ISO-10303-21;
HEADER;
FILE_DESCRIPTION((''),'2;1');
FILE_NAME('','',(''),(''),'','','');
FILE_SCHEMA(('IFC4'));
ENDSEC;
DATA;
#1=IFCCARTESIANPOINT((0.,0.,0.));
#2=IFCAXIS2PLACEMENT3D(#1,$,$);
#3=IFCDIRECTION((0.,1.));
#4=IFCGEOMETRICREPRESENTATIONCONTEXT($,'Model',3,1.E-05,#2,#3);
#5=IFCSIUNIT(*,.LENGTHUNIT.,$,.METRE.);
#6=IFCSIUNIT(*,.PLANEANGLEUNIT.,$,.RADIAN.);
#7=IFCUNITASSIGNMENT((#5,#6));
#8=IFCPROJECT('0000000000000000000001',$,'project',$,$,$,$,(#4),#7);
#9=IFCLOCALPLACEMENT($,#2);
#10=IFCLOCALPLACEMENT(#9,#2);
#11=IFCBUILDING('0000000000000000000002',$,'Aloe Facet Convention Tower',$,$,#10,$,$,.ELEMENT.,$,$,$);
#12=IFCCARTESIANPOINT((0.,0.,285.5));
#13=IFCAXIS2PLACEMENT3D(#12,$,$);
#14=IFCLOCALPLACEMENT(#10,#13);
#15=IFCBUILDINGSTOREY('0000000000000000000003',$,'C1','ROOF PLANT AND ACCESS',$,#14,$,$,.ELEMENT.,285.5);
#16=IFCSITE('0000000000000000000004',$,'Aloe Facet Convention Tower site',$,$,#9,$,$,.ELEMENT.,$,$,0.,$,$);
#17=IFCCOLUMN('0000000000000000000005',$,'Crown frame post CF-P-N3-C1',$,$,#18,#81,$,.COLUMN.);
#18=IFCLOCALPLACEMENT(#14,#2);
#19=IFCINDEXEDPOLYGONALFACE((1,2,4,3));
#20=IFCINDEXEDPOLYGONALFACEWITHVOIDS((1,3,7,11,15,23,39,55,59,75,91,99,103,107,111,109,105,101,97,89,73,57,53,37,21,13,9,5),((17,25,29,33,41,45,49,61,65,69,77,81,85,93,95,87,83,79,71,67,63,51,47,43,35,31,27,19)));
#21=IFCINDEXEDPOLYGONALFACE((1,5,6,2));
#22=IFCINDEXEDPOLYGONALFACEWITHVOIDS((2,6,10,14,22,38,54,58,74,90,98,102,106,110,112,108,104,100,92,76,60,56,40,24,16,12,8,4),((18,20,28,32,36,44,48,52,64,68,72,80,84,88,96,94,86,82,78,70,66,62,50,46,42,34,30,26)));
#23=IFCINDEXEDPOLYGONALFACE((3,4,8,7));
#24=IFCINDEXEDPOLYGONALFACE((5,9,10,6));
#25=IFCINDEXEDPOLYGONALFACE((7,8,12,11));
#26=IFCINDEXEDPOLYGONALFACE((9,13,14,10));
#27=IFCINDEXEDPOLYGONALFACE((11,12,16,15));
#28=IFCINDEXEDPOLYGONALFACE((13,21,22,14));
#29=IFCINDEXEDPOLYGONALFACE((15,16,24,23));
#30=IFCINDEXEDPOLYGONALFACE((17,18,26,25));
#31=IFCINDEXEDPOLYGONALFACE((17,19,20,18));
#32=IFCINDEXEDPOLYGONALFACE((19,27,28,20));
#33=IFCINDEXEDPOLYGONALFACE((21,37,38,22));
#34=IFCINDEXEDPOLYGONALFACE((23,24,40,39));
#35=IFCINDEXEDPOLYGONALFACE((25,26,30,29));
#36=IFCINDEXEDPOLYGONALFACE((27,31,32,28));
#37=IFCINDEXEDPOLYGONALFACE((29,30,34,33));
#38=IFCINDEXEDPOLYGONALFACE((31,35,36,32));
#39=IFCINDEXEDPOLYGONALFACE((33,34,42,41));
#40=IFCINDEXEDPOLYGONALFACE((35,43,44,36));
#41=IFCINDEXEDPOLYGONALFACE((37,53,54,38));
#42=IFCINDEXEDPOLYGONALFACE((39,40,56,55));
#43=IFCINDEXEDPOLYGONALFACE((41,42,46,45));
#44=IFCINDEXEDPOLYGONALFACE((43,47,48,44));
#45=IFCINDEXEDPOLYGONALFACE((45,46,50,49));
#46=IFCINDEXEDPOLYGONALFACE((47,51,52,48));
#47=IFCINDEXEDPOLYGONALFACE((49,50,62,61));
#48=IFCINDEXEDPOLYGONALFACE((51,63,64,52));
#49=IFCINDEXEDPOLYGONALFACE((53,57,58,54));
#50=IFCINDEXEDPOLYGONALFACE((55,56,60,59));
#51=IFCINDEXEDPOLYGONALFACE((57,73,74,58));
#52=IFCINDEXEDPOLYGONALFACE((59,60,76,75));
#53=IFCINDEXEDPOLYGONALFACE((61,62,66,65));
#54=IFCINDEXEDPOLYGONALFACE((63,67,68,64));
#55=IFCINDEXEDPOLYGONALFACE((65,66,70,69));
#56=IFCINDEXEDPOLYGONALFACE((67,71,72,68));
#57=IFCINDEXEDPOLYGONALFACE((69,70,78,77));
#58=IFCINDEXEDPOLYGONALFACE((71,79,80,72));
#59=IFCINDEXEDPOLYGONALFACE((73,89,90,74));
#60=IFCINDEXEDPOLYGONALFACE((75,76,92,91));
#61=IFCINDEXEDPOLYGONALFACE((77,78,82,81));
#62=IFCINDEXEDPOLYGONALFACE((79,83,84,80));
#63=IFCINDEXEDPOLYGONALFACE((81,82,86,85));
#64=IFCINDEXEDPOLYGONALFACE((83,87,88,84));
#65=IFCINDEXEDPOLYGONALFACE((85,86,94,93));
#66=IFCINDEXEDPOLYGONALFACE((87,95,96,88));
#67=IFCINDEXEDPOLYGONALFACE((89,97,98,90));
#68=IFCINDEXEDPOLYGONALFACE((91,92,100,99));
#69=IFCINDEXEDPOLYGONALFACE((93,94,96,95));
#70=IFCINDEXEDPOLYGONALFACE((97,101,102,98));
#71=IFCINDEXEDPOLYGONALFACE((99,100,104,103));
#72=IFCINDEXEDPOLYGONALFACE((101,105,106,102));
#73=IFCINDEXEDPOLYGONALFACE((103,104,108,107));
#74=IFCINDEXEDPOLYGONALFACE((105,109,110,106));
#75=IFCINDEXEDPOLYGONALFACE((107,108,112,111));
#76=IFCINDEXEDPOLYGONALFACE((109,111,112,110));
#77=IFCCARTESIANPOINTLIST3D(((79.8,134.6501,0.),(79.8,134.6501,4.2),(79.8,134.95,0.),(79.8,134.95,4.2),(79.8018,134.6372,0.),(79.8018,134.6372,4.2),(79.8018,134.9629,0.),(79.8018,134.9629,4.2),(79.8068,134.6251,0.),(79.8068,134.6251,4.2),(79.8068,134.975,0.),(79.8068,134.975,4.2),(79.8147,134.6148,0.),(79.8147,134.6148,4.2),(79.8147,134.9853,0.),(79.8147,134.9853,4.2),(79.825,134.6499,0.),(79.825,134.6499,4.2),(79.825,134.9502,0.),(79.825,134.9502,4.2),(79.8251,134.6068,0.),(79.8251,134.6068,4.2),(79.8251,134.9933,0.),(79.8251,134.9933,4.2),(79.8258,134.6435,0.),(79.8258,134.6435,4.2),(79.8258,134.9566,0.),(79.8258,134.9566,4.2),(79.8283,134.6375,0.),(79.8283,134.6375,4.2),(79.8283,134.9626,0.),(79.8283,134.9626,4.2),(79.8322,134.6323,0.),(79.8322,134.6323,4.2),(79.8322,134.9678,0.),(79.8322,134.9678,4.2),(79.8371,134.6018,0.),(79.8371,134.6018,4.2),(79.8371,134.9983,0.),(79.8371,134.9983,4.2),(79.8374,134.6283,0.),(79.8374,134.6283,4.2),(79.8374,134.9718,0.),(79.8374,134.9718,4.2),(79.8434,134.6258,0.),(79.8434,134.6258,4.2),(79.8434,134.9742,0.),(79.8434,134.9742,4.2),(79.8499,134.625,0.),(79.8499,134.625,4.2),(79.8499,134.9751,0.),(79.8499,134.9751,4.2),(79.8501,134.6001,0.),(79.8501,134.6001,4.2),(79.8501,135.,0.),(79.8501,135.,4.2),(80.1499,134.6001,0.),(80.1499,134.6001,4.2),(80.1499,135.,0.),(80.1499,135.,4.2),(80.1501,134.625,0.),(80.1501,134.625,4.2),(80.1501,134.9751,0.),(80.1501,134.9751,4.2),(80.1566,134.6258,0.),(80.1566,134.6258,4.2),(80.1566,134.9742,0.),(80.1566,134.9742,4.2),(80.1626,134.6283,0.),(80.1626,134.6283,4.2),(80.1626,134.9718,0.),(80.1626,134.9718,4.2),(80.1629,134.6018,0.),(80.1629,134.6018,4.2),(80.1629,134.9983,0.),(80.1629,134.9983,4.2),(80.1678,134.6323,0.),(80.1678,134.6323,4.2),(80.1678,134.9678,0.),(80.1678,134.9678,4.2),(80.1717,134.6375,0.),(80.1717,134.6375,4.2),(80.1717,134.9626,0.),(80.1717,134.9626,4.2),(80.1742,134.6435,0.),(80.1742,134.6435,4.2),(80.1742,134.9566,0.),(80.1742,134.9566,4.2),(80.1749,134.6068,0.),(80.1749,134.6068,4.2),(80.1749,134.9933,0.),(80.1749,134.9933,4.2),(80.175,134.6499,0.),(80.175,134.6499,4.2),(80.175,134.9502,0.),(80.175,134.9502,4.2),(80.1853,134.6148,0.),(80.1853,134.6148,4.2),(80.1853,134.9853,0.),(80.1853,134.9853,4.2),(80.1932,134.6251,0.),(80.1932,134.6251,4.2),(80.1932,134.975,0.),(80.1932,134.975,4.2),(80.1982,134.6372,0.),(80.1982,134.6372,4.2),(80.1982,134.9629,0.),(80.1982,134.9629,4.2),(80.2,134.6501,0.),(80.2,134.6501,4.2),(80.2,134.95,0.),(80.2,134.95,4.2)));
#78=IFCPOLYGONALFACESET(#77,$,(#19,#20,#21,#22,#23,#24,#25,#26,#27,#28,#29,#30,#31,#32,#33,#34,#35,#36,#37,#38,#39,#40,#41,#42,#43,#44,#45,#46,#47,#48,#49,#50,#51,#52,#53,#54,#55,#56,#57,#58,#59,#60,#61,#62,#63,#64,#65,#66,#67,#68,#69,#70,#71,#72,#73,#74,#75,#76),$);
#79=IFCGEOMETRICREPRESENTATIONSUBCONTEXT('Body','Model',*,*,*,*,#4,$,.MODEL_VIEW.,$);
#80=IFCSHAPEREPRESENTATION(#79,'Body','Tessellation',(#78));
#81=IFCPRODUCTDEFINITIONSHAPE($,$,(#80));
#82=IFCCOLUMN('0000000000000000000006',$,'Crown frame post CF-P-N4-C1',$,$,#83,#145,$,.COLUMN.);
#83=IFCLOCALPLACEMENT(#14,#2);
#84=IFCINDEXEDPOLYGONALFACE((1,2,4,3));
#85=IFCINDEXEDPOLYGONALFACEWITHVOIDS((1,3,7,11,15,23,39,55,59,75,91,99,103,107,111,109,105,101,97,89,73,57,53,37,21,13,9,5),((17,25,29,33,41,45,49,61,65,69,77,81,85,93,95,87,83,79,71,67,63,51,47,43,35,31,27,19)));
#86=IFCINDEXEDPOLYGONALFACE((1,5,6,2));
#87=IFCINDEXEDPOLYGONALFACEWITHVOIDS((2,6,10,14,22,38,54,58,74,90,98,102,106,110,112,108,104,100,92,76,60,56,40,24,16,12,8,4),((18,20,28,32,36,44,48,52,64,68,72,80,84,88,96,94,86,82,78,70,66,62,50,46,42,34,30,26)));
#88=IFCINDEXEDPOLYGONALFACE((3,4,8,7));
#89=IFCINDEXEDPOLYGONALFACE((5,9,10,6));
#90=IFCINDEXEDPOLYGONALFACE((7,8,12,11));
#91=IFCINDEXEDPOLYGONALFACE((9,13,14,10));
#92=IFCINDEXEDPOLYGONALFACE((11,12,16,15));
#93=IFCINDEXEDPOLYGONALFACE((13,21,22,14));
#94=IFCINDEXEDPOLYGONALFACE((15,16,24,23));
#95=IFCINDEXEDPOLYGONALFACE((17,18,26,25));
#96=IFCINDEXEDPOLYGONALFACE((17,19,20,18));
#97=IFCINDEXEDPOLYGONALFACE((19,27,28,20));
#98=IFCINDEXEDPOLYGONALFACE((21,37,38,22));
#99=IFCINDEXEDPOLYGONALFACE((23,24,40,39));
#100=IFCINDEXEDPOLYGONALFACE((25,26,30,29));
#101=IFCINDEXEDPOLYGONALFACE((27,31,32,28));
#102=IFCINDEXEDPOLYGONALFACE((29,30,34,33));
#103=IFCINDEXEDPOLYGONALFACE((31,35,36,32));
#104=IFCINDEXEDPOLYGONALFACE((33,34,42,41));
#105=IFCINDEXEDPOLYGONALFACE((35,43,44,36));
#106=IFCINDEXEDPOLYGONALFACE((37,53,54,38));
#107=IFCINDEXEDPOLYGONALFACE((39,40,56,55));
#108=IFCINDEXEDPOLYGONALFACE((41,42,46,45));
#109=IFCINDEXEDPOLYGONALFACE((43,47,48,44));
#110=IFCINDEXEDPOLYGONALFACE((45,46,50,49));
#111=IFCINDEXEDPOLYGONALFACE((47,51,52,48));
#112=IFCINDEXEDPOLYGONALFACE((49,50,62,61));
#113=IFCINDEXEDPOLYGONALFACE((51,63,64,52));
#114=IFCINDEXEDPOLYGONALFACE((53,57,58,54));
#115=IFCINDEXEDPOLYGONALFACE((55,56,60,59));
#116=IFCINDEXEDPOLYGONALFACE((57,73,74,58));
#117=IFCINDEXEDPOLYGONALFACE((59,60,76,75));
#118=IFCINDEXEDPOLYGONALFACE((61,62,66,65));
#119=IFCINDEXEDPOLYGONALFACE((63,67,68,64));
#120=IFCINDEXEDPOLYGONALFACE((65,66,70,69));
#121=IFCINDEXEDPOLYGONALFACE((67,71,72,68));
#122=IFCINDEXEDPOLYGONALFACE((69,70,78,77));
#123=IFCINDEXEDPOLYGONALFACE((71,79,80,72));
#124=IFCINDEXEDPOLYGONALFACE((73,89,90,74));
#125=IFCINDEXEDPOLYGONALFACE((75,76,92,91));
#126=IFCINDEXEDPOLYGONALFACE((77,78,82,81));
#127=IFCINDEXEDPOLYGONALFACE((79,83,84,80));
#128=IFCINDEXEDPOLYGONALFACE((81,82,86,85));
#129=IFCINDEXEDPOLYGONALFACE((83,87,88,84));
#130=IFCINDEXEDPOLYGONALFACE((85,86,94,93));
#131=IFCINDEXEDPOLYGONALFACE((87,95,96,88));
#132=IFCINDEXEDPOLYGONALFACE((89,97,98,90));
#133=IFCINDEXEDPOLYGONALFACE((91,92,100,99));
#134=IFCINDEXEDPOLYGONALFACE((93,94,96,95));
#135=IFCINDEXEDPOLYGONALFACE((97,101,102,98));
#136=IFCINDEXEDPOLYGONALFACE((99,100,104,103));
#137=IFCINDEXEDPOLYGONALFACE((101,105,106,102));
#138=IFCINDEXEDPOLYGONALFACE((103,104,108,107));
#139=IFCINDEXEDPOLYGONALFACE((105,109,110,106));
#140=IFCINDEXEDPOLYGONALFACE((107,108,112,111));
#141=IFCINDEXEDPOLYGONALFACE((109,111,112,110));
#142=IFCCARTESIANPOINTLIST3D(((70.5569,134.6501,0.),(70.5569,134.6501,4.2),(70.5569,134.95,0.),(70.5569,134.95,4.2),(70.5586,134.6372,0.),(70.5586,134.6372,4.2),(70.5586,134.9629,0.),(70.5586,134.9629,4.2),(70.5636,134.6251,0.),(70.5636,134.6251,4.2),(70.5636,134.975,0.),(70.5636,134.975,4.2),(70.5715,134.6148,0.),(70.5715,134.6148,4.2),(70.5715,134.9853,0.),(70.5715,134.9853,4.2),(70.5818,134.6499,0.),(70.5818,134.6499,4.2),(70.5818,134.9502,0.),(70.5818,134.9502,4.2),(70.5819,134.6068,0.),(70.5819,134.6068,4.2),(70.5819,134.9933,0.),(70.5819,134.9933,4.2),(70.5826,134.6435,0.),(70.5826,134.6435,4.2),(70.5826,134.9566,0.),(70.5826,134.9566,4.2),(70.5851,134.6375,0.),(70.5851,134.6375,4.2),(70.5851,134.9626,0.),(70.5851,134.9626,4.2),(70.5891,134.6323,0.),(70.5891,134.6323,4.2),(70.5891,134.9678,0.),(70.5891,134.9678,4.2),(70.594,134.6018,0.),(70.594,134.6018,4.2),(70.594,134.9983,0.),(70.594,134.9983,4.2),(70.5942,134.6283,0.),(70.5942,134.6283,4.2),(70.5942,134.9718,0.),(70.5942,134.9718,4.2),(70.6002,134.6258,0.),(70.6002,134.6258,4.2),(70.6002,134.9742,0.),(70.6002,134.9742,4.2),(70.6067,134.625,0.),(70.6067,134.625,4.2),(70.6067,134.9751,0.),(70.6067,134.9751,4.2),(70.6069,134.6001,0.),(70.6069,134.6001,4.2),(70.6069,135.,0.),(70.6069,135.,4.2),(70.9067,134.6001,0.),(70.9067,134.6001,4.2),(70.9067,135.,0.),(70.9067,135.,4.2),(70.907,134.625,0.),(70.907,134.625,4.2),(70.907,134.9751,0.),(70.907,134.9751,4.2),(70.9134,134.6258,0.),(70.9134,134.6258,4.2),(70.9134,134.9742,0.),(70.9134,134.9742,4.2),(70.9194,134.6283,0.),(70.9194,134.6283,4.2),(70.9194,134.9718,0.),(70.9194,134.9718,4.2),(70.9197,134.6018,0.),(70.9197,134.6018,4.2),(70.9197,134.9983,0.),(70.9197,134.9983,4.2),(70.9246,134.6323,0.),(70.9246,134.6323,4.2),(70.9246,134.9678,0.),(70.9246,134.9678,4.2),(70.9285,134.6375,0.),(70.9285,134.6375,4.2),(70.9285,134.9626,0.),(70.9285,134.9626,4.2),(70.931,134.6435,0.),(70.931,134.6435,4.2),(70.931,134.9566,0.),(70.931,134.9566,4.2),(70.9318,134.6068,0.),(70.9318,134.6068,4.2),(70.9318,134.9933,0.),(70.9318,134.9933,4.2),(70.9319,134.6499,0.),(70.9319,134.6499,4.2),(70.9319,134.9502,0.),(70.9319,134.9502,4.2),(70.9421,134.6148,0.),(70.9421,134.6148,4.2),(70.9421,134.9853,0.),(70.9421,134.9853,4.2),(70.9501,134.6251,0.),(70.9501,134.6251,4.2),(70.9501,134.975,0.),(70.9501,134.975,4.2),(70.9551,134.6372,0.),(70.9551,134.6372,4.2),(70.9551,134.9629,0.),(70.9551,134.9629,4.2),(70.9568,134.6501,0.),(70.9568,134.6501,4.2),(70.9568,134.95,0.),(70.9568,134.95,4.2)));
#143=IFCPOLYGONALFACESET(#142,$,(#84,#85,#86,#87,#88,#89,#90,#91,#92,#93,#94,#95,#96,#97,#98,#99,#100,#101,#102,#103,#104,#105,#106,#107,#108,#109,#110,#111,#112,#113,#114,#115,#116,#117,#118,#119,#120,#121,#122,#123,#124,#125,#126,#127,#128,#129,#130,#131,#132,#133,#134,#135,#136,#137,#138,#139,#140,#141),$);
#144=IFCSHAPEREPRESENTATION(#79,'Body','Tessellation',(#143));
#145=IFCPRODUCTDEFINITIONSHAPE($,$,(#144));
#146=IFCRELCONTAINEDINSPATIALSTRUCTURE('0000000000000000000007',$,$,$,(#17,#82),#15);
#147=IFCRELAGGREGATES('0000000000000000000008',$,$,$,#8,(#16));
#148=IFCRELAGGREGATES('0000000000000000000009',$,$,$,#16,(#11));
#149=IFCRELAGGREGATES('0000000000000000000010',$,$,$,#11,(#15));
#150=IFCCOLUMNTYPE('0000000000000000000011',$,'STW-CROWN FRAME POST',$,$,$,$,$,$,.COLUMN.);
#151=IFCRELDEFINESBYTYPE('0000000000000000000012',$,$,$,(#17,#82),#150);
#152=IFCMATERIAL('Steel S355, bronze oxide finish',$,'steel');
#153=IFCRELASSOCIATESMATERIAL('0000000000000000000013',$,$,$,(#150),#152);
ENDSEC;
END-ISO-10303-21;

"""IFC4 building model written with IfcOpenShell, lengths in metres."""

from ifc_helpers import new_model, si_unit, direction, frame, origin, origin_2d, place, context, subcontext, project, spatial, hollow_rectangle, extrude, material, material_profile, profile_set, type_object, element, save


model = new_model("IFC4")

# Units and contexts
model_context = context("Model", 3, precision=1e-05, world=origin(), true_north=direction((0.0, 1.0)))
body_context = subcontext(model_context, "Body", "Model", "MODEL_VIEW")
ifc_project = project(units=[si_unit("LENGTHUNIT", "METRE"), si_unit("PLANEANGLEUNIT", "RADIAN")], contexts=[model_context])

# Site, building, storey
site_placement = place(None, origin())
site = spatial("IfcSite", under=ifc_project, at=site_placement, Name="Aloe Facet Convention Tower site", CompositionType="ELEMENT", RefElevation=0.0)
building_placement = place(site_placement, origin())
building = spatial("IfcBuilding", under=site, at=building_placement, Name="Aloe Facet Convention Tower", CompositionType="ELEMENT")
storey_placement = place(building_placement, frame((0.0, 0.0, 285.5)))
storey = spatial("IfcBuildingStorey", under=building, at=storey_placement, Name="C1", Description="ROOF PLANT AND ACCESS", CompositionType="ELEMENT", Elevation=285.5)

# Columns
ifc_material_1 = material(Name="Steel S355, bronze oxide finish", Category="steel")
ifc_material_profile_1 = material_profile(ifc_material_1, hollow_rectangle(XDim=0.3999, YDim=0.3999, WallThickness=0.0249, InnerFilletRadius=0.0249, OuterFilletRadius=0.05, at=origin_2d()), Name="SHS 400x400x25")
ifc_profile_set_1 = profile_set([ifc_material_profile_1], Name="Steel S355, bronze oxide finish")
column_type = type_object("IfcColumnType", Name="STW-CROWN FRAME POST", PredefinedType="COLUMN", material=ifc_profile_set_1)
for number, where, z_axis, x_axis, name in (
    (1, (80.0, 134.8, 0.0), (0.0, 0.0, 1.0), (1.0, 0.0, 0.0), "Crown frame post CF-P-N3-C1"),
    (2, (70.7568, 134.8, 0.0), (0.0, 0.0, 1.0), (1.0, 0.0, 0.0), "Crown frame post CF-P-N4-C1"),
):
    element("IfcColumn", number, at=place(storey_placement, frame(where, z_axis=z_axis, x_axis=x_axis)), inside=storey, type_object=column_type, Name=name, PredefinedType="COLUMN", context=body_context, shape_type="SweptSolid", body=[
        extrude(hollow_rectangle(XDim=0.3999, YDim=0.3999, WallThickness=0.0249, InnerFilletRadius=0.0249, OuterFilletRadius=0.05, at=origin_2d()), origin(), (0.0, 0.0, 1.0), 4.2),
    ])

save(model, "model.ifc")
